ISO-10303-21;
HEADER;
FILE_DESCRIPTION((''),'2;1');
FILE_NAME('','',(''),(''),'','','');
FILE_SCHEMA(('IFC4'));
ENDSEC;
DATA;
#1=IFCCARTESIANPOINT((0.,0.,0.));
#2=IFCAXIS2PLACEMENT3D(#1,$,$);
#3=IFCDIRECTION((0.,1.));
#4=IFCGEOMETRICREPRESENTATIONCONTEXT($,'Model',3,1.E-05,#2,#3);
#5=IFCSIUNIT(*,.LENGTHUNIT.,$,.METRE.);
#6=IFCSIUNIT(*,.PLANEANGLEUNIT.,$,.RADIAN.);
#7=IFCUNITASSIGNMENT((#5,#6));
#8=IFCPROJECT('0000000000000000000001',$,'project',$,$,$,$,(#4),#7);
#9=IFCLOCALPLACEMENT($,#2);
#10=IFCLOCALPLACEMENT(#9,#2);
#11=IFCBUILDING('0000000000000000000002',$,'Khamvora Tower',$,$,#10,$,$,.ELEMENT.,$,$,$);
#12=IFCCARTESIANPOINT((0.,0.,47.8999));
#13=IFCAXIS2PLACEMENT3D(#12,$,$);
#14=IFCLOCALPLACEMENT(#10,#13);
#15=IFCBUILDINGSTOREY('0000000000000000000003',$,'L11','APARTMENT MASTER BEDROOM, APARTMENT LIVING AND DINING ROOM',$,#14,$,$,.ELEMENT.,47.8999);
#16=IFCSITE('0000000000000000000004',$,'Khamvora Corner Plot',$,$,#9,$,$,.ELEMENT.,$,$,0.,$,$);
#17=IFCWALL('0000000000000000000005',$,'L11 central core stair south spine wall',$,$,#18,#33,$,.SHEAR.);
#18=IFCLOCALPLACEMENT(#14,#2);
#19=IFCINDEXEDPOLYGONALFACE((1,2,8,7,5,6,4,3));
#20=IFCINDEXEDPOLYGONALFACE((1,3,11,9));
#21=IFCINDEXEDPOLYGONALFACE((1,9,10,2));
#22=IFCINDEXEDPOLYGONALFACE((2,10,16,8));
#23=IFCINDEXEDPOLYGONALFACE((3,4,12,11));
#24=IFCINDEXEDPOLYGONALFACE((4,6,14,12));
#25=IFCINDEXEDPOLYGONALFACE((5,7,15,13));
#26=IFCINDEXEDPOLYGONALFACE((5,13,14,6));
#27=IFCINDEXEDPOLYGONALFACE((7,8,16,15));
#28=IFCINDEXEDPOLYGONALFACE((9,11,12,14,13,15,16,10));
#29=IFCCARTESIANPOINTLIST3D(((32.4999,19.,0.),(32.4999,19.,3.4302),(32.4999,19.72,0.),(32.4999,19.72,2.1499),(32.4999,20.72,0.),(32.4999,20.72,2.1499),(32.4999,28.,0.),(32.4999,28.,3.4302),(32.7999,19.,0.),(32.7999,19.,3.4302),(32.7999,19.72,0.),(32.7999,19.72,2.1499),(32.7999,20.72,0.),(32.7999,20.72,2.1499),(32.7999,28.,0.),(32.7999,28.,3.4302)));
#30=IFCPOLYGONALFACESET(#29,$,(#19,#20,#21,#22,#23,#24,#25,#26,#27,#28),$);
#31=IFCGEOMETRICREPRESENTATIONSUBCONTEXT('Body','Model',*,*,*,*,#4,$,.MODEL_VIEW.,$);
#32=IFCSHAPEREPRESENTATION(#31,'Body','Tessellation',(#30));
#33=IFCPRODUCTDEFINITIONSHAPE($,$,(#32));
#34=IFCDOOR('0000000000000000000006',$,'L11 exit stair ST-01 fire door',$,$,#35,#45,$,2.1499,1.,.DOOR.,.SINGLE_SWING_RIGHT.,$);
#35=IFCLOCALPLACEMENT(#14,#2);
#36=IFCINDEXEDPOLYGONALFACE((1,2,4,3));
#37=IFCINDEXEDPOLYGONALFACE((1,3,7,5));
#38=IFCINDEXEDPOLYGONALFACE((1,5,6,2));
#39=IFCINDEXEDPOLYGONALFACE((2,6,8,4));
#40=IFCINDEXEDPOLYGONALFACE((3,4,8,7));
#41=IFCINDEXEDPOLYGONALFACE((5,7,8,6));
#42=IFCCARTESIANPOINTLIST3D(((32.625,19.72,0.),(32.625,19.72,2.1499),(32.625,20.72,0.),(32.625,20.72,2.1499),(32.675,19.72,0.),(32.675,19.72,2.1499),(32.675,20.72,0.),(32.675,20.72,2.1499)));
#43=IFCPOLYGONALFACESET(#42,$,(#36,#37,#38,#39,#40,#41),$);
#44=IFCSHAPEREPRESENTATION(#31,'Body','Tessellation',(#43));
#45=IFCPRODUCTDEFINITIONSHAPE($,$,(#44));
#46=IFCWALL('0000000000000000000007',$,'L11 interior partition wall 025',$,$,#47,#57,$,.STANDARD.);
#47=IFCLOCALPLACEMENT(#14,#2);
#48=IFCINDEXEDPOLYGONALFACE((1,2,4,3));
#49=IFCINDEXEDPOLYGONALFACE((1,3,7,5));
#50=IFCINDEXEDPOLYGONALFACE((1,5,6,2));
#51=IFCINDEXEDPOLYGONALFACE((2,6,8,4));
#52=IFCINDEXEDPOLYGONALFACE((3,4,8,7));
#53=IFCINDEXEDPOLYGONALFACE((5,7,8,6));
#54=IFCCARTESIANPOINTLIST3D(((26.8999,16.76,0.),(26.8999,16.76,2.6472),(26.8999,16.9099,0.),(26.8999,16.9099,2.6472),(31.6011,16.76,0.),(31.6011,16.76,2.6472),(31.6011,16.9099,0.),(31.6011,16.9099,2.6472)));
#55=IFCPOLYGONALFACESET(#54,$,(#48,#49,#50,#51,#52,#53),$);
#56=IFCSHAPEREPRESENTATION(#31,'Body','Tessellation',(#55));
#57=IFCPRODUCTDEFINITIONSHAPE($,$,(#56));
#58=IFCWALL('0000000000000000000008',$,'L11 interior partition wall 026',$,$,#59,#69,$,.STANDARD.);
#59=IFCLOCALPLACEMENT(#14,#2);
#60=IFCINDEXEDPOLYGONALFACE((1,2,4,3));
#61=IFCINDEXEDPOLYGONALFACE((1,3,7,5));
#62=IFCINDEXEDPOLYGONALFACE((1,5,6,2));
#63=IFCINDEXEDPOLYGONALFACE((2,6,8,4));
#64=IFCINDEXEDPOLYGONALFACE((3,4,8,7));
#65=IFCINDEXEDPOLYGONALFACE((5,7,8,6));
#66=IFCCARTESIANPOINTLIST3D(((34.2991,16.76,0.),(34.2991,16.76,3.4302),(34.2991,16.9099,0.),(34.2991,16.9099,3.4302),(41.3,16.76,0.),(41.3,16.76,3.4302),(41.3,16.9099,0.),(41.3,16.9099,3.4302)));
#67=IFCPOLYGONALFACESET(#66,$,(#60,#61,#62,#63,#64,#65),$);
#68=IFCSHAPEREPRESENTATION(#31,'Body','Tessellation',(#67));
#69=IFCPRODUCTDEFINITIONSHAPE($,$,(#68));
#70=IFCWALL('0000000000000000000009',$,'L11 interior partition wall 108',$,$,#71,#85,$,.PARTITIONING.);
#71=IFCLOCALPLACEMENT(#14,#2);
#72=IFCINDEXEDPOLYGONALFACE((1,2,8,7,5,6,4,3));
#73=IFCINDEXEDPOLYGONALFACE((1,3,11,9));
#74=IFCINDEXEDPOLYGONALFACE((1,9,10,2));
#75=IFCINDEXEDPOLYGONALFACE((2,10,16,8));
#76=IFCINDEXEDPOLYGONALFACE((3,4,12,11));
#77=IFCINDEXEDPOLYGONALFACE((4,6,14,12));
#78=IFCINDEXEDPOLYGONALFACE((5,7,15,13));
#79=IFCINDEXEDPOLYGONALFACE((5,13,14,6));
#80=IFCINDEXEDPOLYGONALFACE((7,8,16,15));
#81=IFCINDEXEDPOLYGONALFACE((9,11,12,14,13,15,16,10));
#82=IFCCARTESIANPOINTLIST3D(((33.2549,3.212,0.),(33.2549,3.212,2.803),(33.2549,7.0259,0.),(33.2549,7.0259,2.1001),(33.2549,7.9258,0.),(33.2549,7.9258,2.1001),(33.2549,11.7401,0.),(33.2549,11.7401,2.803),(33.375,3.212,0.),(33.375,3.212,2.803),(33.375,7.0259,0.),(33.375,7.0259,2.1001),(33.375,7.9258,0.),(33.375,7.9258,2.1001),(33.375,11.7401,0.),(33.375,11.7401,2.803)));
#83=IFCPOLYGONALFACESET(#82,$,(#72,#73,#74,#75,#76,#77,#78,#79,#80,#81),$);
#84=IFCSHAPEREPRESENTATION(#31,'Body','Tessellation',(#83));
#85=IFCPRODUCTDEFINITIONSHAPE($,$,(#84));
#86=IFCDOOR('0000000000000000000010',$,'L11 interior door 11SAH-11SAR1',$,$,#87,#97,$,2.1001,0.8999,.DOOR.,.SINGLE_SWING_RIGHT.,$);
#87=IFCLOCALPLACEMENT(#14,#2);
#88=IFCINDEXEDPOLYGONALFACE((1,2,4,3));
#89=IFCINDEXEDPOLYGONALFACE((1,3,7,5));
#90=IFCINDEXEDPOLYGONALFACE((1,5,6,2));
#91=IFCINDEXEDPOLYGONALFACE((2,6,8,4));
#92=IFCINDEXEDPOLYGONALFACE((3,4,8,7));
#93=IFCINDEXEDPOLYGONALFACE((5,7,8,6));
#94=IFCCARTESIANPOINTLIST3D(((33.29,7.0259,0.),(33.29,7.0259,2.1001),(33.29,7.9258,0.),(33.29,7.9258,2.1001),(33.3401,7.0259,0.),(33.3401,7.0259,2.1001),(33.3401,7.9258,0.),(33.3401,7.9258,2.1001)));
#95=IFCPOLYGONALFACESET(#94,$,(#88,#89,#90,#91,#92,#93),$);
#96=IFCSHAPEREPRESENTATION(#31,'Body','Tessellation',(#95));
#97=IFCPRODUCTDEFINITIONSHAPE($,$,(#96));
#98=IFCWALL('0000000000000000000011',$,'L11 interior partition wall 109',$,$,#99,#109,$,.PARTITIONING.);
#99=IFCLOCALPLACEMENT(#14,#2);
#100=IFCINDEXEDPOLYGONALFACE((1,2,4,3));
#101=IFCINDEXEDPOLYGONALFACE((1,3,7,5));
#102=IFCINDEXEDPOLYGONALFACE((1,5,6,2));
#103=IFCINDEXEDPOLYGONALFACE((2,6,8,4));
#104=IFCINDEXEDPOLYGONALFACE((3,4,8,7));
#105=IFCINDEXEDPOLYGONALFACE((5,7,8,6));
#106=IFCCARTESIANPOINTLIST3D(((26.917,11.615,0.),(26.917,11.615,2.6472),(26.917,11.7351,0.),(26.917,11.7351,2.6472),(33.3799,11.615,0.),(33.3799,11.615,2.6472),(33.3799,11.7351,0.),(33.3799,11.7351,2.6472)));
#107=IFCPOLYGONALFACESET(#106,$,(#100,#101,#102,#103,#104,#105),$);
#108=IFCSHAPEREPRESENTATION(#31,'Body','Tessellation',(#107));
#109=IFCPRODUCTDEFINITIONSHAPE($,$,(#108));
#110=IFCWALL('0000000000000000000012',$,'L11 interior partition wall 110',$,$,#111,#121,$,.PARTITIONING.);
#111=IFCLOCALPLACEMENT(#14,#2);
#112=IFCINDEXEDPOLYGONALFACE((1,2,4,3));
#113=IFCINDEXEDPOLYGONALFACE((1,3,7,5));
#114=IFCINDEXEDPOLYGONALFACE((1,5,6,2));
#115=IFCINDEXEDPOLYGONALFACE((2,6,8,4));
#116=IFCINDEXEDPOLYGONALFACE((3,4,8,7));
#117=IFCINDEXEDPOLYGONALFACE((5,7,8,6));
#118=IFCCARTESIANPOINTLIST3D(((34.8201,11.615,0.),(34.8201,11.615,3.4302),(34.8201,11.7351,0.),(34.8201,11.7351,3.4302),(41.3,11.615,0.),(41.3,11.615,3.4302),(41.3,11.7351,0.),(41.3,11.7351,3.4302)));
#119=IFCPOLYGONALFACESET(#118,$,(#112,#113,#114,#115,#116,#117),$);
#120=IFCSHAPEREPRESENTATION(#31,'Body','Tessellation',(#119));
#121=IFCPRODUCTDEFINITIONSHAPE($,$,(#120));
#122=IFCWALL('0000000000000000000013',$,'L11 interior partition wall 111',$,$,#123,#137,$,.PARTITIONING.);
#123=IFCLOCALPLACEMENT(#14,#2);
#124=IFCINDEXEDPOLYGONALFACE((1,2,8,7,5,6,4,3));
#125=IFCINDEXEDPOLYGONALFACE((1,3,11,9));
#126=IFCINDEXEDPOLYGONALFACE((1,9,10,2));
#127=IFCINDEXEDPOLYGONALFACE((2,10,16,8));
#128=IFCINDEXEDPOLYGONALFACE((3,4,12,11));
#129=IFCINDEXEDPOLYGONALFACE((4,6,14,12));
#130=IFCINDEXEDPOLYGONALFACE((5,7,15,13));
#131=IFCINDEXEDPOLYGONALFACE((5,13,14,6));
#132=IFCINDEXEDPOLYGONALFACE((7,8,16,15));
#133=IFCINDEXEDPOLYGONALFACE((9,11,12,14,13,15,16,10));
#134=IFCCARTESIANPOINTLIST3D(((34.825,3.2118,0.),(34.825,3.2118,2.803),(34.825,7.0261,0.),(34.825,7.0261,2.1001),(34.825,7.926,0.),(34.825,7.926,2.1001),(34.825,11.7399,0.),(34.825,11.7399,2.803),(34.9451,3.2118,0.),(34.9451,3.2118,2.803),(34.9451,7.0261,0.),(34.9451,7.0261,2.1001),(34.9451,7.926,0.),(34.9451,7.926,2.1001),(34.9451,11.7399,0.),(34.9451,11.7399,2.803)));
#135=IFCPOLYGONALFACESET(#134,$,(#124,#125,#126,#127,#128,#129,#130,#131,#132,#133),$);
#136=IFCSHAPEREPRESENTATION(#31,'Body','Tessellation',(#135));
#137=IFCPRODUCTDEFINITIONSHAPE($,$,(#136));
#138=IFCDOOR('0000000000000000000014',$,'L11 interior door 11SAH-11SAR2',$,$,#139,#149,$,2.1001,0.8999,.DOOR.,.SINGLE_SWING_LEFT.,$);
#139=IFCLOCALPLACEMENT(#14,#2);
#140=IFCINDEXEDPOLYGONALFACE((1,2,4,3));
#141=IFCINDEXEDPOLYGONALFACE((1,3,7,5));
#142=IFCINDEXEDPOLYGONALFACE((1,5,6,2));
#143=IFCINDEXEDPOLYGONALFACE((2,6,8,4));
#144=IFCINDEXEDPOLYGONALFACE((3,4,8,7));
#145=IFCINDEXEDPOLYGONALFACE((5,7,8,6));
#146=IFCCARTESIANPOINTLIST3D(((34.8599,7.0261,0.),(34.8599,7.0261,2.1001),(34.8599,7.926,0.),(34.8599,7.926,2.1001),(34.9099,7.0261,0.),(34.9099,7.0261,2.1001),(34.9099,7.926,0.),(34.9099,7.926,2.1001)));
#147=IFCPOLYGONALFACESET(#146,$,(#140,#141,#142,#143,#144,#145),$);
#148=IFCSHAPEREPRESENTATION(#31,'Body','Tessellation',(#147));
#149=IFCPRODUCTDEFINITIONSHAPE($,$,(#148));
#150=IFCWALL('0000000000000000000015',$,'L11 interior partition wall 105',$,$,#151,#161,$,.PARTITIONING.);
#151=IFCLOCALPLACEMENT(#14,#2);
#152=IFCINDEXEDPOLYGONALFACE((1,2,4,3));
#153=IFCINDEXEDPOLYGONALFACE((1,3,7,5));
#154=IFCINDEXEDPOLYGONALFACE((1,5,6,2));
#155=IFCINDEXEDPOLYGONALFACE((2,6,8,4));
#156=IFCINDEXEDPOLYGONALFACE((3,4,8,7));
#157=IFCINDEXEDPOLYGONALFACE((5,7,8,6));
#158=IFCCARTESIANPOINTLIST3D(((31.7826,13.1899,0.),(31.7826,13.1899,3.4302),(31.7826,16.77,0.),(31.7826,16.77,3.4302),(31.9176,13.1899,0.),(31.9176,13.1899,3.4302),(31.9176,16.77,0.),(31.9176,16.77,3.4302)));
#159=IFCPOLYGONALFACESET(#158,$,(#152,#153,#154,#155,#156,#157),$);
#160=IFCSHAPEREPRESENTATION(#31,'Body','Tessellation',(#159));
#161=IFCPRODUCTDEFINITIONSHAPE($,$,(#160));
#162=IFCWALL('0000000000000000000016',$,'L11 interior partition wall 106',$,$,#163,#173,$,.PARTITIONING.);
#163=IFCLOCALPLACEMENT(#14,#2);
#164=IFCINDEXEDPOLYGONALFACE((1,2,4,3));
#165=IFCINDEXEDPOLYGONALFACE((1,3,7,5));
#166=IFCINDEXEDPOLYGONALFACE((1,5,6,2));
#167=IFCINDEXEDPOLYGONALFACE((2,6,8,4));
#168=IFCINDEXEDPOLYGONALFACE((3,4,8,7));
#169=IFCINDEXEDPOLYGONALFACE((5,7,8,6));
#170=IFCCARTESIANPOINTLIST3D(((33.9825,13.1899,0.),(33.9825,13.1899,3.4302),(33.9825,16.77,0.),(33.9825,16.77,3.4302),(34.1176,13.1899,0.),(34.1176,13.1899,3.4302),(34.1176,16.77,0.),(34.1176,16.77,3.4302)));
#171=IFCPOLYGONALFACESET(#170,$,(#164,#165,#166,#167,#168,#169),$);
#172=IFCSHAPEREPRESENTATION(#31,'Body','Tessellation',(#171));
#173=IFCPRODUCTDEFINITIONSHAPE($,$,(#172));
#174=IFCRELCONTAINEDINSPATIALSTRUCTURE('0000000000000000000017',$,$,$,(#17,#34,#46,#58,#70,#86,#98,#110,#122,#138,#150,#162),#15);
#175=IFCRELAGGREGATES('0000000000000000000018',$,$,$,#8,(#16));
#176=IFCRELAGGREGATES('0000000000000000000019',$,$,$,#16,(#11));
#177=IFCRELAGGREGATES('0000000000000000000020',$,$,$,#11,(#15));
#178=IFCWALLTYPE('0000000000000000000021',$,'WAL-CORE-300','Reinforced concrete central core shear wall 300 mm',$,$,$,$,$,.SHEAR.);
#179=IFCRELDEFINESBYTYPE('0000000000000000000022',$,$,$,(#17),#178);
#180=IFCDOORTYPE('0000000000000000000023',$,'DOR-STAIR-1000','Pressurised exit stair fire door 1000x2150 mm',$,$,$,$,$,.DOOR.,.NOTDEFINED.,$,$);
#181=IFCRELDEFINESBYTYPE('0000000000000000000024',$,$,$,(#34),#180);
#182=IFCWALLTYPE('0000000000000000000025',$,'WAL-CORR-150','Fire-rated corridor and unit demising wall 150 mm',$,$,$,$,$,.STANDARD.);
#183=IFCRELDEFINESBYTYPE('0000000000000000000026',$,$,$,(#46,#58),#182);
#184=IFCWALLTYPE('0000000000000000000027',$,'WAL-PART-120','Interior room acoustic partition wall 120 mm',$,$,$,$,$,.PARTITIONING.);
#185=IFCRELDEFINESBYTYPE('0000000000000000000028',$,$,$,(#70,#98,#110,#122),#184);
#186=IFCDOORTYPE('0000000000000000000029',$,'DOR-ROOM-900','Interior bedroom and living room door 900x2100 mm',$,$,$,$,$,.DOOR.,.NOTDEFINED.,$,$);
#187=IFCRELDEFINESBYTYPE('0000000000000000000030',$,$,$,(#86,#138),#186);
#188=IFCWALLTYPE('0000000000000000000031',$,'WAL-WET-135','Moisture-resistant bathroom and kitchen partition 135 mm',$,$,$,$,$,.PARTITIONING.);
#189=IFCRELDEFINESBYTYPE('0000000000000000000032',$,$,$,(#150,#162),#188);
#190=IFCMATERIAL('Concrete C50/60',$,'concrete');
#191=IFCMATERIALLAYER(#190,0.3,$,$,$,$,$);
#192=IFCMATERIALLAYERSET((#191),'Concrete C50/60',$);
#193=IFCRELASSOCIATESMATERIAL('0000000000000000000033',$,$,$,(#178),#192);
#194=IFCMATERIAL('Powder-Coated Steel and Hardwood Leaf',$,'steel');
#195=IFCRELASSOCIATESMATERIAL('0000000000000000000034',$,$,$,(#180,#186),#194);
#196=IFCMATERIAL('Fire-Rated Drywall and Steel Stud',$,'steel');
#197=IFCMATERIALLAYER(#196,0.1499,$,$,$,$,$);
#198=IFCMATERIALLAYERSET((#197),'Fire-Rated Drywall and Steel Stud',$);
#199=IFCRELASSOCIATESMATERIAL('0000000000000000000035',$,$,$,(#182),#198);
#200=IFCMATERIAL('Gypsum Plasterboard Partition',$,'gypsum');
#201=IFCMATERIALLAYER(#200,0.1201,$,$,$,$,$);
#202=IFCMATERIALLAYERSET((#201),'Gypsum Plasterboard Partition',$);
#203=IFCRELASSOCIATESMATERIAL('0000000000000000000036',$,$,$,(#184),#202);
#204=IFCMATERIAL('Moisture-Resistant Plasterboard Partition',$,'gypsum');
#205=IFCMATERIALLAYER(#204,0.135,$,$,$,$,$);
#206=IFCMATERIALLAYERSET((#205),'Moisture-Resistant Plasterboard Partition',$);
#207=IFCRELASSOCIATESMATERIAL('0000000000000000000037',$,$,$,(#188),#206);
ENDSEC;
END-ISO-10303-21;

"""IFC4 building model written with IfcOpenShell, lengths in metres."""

from ifc_helpers import new_model, si_unit, direction, frame, frame_2d, origin, place, context, subcontext, project, spatial, rectangle, extrude, material, layer, layer_set, type_object, element, fill, save


model = new_model("IFC4")

# Units and contexts
model_context = context("Model", 3, precision=1e-05, world=origin(), true_north=direction((0.0, 1.0)))
body_context = subcontext(model_context, "Body", "Model", "MODEL_VIEW")
ifc_project = project(units=[si_unit("LENGTHUNIT", "METRE"), si_unit("PLANEANGLEUNIT", "RADIAN")], contexts=[model_context])

# Site, building, storey
site_placement = place(None, origin())
site = spatial("IfcSite", under=ifc_project, at=site_placement, Name="Khamvora Corner Plot", CompositionType="ELEMENT", RefElevation=0.0)
building_placement = place(site_placement, origin())
building = spatial("IfcBuilding", under=site, at=building_placement, Name="Khamvora Tower", CompositionType="ELEMENT")
storey_placement = place(building_placement, frame((0.0, 0.0, 47.8999)))
storey = spatial("IfcBuildingStorey", under=building, at=storey_placement, Name="L11", Description="APARTMENT MASTER BEDROOM, APARTMENT LIVING AND DINING ROOM", CompositionType="ELEMENT", Elevation=47.8999)

# Shared definitions
ifc_material_1 = material(Name="Concrete C50/60", Category="concrete")
ifc_layer_1 = layer(ifc_material_1, 0.3)
ifc_layer_set_1 = layer_set([ifc_layer_1], Name="Concrete C50/60")
wall_type_1 = type_object("IfcWallType", Name="WAL-CORE-300", Description="Reinforced concrete central core shear wall 300 mm", PredefinedType="SHEAR", material=ifc_layer_set_1)

# Wall, opening, door
ifc_material_2 = material(Name="Powder-Coated Steel and Hardwood Leaf", Category="steel")
wall_1_placement = place(storey_placement, frame((32.6499, 19.0, 0.0), z_axis=(0.0, 0.0, 1.0), x_axis=(0.0, 1.0, 0.0)))
wall_1 = element("IfcWall", 1, at=wall_1_placement, inside=storey, type_object=wall_type_1, Name="L11 central core stair south spine wall", PredefinedType="SHEAR", context=body_context, shape_type="SweptSolid", body=[
    extrude(rectangle(XDim=9.0, YDim=0.3, at=frame_2d((4.5, 0.0))), origin(), (0.0, 0.0, 1.0), 3.4302),
])
opening_1_placement = place(wall_1_placement, frame((0.72, 0.0, 0.0)))
opening_1 = element("IfcOpeningElement", 2, at=opening_1_placement, cuts=wall_1, PredefinedType="OPENING", context=body_context, shape_type="SweptSolid", body=[
    extrude(rectangle(XDim=1.0, YDim=2.1499, at=frame_2d((0.5, 1.075))), frame((0.0, 0.1599, 0.0), z_axis=(0.0, -1.0, 0.0), x_axis=(1.0, 0.0, 0.0)), (0.0, 0.0, 1.0), 0.3201),
])
door_type_1 = type_object("IfcDoorType", Name="DOR-STAIR-1000", Description="Pressurised exit stair fire door 1000x2150 mm", OperationType="NOTDEFINED", PredefinedType="DOOR", material=ifc_material_2)
door_1_placement = place(opening_1_placement, origin())
door_1 = element("IfcDoor", 3, at=door_1_placement, inside=storey, type_object=door_type_1, Name="L11 exit stair ST-01 fire door", OperationType="SINGLE_SWING_RIGHT", OverallHeight=2.1499, OverallWidth=1.0, PredefinedType="DOOR", context=body_context, shape_type="SweptSolid", body=[
    extrude(rectangle(XDim=1.0, YDim=2.1499, at=frame_2d((0.5, 1.075))), frame((0.0, 0.0249, 0.0), z_axis=(0.0, -1.0, 0.0), x_axis=(1.0, 0.0, 0.0)), (0.0, 0.0, 1.0), 0.05),
])
fill(opening_1, door_1)
ifc_material_3 = material(Name="Fire-Rated Drywall and Steel Stud", Category="steel")
ifc_layer_2 = layer(ifc_material_3, 0.1499)
ifc_layer_set_2 = layer_set([ifc_layer_2], Name="Fire-Rated Drywall and Steel Stud")
wall_type_2 = type_object("IfcWallType", Name="WAL-CORR-150", Description="Fire-rated corridor and unit demising wall 150 mm", PredefinedType="STANDARD", material=ifc_layer_set_2)

# Walls
wall_2_placement = place(storey_placement, frame((31.6011, 16.835, 0.0), z_axis=(0.0, 0.0, 1.0), x_axis=(-1.0, 0.0, 0.0)))
element("IfcWall", 4, at=wall_2_placement, inside=storey, type_object=wall_type_2, Name="L11 interior partition wall 025", PredefinedType="STANDARD", context=body_context, shape_type="SweptSolid", body=[
    extrude(rectangle(XDim=4.7012, YDim=0.1499, at=frame_2d((2.3506, 0.0))), origin(), (0.0, 0.0, 1.0), 2.6472),
])
wall_3_placement = place(storey_placement, frame((41.3, 16.835, 0.0), z_axis=(0.0, 0.0, 1.0), x_axis=(-1.0, 0.0, 0.0)))
element("IfcWall", 5, at=wall_3_placement, inside=storey, type_object=wall_type_2, Name="L11 interior partition wall 026", PredefinedType="STANDARD", context=body_context, shape_type="SweptSolid", body=[
    extrude(rectangle(XDim=7.001, YDim=0.1499, at=frame_2d((3.5005, 0.0))), origin(), (0.0, 0.0, 1.0), 3.4302),
])

# Wall, opening, door
ifc_material_4 = material(Name="Gypsum Plasterboard Partition", Category="gypsum")
ifc_layer_3 = layer(ifc_material_4, 0.1201)
ifc_layer_set_3 = layer_set([ifc_layer_3], Name="Gypsum Plasterboard Partition")
wall_type_3 = type_object("IfcWallType", Name="WAL-PART-120", Description="Interior room acoustic partition wall 120 mm", PredefinedType="PARTITIONING", material=ifc_layer_set_3)
wall_4_placement = place(storey_placement, frame((33.3149, 3.2119, 0.0), z_axis=(0.0, 0.0, 1.0), x_axis=(0.0, 1.0, 0.0)))
wall_4 = element("IfcWall", 6, at=wall_4_placement, inside=storey, type_object=wall_type_3, Name="L11 interior partition wall 108", PredefinedType="PARTITIONING", context=body_context, shape_type="SweptSolid", body=[
    extrude(rectangle(XDim=8.5281, YDim=0.1201, at=frame_2d((4.2642, 0.0))), origin(), (0.0, 0.0, 1.0), 2.803),
])
opening_2_placement = place(wall_4_placement, frame((3.814, 0.0, 0.0)))
opening_2 = element("IfcOpeningElement", 7, at=opening_2_placement, cuts=wall_4, PredefinedType="OPENING", context=body_context, shape_type="SweptSolid", body=[
    extrude(rectangle(XDim=0.8999, YDim=2.1001, at=frame_2d((0.45, 1.05))), frame((0.0, 0.0701, 0.0), z_axis=(0.0, -1.0, 0.0), x_axis=(1.0, 0.0, 0.0)), (0.0, 0.0, 1.0), 0.1401),
])
door_type_2 = type_object("IfcDoorType", Name="DOR-ROOM-900", Description="Interior bedroom and living room door 900x2100 mm", OperationType="NOTDEFINED", PredefinedType="DOOR", material=ifc_material_2)
door_2_placement = place(opening_2_placement, origin())
door_2 = element("IfcDoor", 8, at=door_2_placement, inside=storey, type_object=door_type_2, Name="L11 interior door 11SAH-11SAR1", OperationType="SINGLE_SWING_RIGHT", OverallHeight=2.1001, OverallWidth=0.8999, PredefinedType="DOOR", context=body_context, shape_type="SweptSolid", body=[
    extrude(rectangle(XDim=0.8999, YDim=2.1001, at=frame_2d((0.45, 1.05))), frame((0.0, 0.0249, 0.0), z_axis=(0.0, -1.0, 0.0), x_axis=(1.0, 0.0, 0.0)), (0.0, 0.0, 1.0), 0.05),
])
fill(opening_2, door_2)

# Walls
wall_5_placement = place(storey_placement, frame((33.3799, 11.675, 0.0), z_axis=(0.0, 0.0, 1.0), x_axis=(-1.0, 0.0, 0.0)))
element("IfcWall", 9, at=wall_5_placement, inside=storey, type_object=wall_type_3, Name="L11 interior partition wall 109", PredefinedType="PARTITIONING", context=body_context, shape_type="SweptSolid", body=[
    extrude(rectangle(XDim=6.4629, YDim=0.1201, at=frame_2d((3.2314, 0.0))), origin(), (0.0, 0.0, 1.0), 2.6472),
])
wall_6_placement = place(storey_placement, frame((41.3, 11.675, 0.0), z_axis=(0.0, 0.0, 1.0), x_axis=(-1.0, 0.0, 0.0)))
element("IfcWall", 10, at=wall_6_placement, inside=storey, type_object=wall_type_3, Name="L11 interior partition wall 110", PredefinedType="PARTITIONING", context=body_context, shape_type="SweptSolid", body=[
    extrude(rectangle(XDim=6.48, YDim=0.1201, at=frame_2d((3.24, 0.0))), origin(), (0.0, 0.0, 1.0), 3.4302),
])

# Wall, opening, door
wall_7_placement = place(storey_placement, frame((34.885, 11.74, 0.0), z_axis=(0.0, 0.0, 1.0), x_axis=(0.0, -1.0, 0.0)))
wall_7 = element("IfcWall", 11, at=wall_7_placement, inside=storey, type_object=wall_type_3, Name="L11 interior partition wall 111", PredefinedType="PARTITIONING", context=body_context, shape_type="SweptSolid", body=[
    extrude(rectangle(XDim=8.5281, YDim=0.1201, at=frame_2d((4.2642, 0.0))), origin(), (0.0, 0.0, 1.0), 2.803),
])
opening_3_placement = place(wall_7_placement, frame((3.814, 0.0, 0.0)))
opening_3 = element("IfcOpeningElement", 12, at=opening_3_placement, cuts=wall_7, PredefinedType="OPENING", context=body_context, shape_type="SweptSolid", body=[
    extrude(rectangle(XDim=0.8999, YDim=2.1001, at=frame_2d((0.45, 1.05))), frame((0.0, 0.0701, 0.0), z_axis=(0.0, -1.0, 0.0), x_axis=(1.0, 0.0, 0.0)), (0.0, 0.0, 1.0), 0.1401),
])
door_3_placement = place(opening_3_placement, origin())
door_3 = element("IfcDoor", 13, at=door_3_placement, inside=storey, type_object=door_type_2, Name="L11 interior door 11SAH-11SAR2", OperationType="SINGLE_SWING_LEFT", OverallHeight=2.1001, OverallWidth=0.8999, PredefinedType="DOOR", context=body_context, shape_type="SweptSolid", body=[
    extrude(rectangle(XDim=0.8999, YDim=2.1001, at=frame_2d((0.45, 1.05))), frame((0.0, 0.0249, 0.0), z_axis=(0.0, -1.0, 0.0), x_axis=(1.0, 0.0, 0.0)), (0.0, 0.0, 1.0), 0.05),
])
fill(opening_3, door_3)

# Walls
ifc_material_5 = material(Name="Moisture-Resistant Plasterboard Partition", Category="gypsum")
ifc_layer_4 = layer(ifc_material_5, 0.135)
ifc_layer_set_4 = layer_set([ifc_layer_4], Name="Moisture-Resistant Plasterboard Partition")
wall_type_4 = type_object("IfcWallType", Name="WAL-WET-135", Description="Moisture-resistant bathroom and kitchen partition 135 mm", PredefinedType="PARTITIONING", material=ifc_layer_set_4)
for number, where, z_axis, x_axis, name in (
    (14, (31.8501, 13.1899, 0.0), (0.0, 0.0, 1.0), (0.0, 1.0, 0.0), "L11 interior partition wall 105"),
    (15, (34.05, 16.77, 0.0), (0.0, 0.0, 1.0), (0.0, -1.0, 0.0), "L11 interior partition wall 106"),
):
    element("IfcWall", number, at=place(storey_placement, frame(where, z_axis=z_axis, x_axis=x_axis)), inside=storey, type_object=wall_type_4, Name=name, PredefinedType="PARTITIONING", context=body_context, shape_type="SweptSolid", body=[
        extrude(rectangle(XDim=3.5801, YDim=0.135, at=frame_2d((1.79, 0.0))), origin(), (0.0, 0.0, 1.0), 3.4302),
    ])

save(model, "model.ifc")
